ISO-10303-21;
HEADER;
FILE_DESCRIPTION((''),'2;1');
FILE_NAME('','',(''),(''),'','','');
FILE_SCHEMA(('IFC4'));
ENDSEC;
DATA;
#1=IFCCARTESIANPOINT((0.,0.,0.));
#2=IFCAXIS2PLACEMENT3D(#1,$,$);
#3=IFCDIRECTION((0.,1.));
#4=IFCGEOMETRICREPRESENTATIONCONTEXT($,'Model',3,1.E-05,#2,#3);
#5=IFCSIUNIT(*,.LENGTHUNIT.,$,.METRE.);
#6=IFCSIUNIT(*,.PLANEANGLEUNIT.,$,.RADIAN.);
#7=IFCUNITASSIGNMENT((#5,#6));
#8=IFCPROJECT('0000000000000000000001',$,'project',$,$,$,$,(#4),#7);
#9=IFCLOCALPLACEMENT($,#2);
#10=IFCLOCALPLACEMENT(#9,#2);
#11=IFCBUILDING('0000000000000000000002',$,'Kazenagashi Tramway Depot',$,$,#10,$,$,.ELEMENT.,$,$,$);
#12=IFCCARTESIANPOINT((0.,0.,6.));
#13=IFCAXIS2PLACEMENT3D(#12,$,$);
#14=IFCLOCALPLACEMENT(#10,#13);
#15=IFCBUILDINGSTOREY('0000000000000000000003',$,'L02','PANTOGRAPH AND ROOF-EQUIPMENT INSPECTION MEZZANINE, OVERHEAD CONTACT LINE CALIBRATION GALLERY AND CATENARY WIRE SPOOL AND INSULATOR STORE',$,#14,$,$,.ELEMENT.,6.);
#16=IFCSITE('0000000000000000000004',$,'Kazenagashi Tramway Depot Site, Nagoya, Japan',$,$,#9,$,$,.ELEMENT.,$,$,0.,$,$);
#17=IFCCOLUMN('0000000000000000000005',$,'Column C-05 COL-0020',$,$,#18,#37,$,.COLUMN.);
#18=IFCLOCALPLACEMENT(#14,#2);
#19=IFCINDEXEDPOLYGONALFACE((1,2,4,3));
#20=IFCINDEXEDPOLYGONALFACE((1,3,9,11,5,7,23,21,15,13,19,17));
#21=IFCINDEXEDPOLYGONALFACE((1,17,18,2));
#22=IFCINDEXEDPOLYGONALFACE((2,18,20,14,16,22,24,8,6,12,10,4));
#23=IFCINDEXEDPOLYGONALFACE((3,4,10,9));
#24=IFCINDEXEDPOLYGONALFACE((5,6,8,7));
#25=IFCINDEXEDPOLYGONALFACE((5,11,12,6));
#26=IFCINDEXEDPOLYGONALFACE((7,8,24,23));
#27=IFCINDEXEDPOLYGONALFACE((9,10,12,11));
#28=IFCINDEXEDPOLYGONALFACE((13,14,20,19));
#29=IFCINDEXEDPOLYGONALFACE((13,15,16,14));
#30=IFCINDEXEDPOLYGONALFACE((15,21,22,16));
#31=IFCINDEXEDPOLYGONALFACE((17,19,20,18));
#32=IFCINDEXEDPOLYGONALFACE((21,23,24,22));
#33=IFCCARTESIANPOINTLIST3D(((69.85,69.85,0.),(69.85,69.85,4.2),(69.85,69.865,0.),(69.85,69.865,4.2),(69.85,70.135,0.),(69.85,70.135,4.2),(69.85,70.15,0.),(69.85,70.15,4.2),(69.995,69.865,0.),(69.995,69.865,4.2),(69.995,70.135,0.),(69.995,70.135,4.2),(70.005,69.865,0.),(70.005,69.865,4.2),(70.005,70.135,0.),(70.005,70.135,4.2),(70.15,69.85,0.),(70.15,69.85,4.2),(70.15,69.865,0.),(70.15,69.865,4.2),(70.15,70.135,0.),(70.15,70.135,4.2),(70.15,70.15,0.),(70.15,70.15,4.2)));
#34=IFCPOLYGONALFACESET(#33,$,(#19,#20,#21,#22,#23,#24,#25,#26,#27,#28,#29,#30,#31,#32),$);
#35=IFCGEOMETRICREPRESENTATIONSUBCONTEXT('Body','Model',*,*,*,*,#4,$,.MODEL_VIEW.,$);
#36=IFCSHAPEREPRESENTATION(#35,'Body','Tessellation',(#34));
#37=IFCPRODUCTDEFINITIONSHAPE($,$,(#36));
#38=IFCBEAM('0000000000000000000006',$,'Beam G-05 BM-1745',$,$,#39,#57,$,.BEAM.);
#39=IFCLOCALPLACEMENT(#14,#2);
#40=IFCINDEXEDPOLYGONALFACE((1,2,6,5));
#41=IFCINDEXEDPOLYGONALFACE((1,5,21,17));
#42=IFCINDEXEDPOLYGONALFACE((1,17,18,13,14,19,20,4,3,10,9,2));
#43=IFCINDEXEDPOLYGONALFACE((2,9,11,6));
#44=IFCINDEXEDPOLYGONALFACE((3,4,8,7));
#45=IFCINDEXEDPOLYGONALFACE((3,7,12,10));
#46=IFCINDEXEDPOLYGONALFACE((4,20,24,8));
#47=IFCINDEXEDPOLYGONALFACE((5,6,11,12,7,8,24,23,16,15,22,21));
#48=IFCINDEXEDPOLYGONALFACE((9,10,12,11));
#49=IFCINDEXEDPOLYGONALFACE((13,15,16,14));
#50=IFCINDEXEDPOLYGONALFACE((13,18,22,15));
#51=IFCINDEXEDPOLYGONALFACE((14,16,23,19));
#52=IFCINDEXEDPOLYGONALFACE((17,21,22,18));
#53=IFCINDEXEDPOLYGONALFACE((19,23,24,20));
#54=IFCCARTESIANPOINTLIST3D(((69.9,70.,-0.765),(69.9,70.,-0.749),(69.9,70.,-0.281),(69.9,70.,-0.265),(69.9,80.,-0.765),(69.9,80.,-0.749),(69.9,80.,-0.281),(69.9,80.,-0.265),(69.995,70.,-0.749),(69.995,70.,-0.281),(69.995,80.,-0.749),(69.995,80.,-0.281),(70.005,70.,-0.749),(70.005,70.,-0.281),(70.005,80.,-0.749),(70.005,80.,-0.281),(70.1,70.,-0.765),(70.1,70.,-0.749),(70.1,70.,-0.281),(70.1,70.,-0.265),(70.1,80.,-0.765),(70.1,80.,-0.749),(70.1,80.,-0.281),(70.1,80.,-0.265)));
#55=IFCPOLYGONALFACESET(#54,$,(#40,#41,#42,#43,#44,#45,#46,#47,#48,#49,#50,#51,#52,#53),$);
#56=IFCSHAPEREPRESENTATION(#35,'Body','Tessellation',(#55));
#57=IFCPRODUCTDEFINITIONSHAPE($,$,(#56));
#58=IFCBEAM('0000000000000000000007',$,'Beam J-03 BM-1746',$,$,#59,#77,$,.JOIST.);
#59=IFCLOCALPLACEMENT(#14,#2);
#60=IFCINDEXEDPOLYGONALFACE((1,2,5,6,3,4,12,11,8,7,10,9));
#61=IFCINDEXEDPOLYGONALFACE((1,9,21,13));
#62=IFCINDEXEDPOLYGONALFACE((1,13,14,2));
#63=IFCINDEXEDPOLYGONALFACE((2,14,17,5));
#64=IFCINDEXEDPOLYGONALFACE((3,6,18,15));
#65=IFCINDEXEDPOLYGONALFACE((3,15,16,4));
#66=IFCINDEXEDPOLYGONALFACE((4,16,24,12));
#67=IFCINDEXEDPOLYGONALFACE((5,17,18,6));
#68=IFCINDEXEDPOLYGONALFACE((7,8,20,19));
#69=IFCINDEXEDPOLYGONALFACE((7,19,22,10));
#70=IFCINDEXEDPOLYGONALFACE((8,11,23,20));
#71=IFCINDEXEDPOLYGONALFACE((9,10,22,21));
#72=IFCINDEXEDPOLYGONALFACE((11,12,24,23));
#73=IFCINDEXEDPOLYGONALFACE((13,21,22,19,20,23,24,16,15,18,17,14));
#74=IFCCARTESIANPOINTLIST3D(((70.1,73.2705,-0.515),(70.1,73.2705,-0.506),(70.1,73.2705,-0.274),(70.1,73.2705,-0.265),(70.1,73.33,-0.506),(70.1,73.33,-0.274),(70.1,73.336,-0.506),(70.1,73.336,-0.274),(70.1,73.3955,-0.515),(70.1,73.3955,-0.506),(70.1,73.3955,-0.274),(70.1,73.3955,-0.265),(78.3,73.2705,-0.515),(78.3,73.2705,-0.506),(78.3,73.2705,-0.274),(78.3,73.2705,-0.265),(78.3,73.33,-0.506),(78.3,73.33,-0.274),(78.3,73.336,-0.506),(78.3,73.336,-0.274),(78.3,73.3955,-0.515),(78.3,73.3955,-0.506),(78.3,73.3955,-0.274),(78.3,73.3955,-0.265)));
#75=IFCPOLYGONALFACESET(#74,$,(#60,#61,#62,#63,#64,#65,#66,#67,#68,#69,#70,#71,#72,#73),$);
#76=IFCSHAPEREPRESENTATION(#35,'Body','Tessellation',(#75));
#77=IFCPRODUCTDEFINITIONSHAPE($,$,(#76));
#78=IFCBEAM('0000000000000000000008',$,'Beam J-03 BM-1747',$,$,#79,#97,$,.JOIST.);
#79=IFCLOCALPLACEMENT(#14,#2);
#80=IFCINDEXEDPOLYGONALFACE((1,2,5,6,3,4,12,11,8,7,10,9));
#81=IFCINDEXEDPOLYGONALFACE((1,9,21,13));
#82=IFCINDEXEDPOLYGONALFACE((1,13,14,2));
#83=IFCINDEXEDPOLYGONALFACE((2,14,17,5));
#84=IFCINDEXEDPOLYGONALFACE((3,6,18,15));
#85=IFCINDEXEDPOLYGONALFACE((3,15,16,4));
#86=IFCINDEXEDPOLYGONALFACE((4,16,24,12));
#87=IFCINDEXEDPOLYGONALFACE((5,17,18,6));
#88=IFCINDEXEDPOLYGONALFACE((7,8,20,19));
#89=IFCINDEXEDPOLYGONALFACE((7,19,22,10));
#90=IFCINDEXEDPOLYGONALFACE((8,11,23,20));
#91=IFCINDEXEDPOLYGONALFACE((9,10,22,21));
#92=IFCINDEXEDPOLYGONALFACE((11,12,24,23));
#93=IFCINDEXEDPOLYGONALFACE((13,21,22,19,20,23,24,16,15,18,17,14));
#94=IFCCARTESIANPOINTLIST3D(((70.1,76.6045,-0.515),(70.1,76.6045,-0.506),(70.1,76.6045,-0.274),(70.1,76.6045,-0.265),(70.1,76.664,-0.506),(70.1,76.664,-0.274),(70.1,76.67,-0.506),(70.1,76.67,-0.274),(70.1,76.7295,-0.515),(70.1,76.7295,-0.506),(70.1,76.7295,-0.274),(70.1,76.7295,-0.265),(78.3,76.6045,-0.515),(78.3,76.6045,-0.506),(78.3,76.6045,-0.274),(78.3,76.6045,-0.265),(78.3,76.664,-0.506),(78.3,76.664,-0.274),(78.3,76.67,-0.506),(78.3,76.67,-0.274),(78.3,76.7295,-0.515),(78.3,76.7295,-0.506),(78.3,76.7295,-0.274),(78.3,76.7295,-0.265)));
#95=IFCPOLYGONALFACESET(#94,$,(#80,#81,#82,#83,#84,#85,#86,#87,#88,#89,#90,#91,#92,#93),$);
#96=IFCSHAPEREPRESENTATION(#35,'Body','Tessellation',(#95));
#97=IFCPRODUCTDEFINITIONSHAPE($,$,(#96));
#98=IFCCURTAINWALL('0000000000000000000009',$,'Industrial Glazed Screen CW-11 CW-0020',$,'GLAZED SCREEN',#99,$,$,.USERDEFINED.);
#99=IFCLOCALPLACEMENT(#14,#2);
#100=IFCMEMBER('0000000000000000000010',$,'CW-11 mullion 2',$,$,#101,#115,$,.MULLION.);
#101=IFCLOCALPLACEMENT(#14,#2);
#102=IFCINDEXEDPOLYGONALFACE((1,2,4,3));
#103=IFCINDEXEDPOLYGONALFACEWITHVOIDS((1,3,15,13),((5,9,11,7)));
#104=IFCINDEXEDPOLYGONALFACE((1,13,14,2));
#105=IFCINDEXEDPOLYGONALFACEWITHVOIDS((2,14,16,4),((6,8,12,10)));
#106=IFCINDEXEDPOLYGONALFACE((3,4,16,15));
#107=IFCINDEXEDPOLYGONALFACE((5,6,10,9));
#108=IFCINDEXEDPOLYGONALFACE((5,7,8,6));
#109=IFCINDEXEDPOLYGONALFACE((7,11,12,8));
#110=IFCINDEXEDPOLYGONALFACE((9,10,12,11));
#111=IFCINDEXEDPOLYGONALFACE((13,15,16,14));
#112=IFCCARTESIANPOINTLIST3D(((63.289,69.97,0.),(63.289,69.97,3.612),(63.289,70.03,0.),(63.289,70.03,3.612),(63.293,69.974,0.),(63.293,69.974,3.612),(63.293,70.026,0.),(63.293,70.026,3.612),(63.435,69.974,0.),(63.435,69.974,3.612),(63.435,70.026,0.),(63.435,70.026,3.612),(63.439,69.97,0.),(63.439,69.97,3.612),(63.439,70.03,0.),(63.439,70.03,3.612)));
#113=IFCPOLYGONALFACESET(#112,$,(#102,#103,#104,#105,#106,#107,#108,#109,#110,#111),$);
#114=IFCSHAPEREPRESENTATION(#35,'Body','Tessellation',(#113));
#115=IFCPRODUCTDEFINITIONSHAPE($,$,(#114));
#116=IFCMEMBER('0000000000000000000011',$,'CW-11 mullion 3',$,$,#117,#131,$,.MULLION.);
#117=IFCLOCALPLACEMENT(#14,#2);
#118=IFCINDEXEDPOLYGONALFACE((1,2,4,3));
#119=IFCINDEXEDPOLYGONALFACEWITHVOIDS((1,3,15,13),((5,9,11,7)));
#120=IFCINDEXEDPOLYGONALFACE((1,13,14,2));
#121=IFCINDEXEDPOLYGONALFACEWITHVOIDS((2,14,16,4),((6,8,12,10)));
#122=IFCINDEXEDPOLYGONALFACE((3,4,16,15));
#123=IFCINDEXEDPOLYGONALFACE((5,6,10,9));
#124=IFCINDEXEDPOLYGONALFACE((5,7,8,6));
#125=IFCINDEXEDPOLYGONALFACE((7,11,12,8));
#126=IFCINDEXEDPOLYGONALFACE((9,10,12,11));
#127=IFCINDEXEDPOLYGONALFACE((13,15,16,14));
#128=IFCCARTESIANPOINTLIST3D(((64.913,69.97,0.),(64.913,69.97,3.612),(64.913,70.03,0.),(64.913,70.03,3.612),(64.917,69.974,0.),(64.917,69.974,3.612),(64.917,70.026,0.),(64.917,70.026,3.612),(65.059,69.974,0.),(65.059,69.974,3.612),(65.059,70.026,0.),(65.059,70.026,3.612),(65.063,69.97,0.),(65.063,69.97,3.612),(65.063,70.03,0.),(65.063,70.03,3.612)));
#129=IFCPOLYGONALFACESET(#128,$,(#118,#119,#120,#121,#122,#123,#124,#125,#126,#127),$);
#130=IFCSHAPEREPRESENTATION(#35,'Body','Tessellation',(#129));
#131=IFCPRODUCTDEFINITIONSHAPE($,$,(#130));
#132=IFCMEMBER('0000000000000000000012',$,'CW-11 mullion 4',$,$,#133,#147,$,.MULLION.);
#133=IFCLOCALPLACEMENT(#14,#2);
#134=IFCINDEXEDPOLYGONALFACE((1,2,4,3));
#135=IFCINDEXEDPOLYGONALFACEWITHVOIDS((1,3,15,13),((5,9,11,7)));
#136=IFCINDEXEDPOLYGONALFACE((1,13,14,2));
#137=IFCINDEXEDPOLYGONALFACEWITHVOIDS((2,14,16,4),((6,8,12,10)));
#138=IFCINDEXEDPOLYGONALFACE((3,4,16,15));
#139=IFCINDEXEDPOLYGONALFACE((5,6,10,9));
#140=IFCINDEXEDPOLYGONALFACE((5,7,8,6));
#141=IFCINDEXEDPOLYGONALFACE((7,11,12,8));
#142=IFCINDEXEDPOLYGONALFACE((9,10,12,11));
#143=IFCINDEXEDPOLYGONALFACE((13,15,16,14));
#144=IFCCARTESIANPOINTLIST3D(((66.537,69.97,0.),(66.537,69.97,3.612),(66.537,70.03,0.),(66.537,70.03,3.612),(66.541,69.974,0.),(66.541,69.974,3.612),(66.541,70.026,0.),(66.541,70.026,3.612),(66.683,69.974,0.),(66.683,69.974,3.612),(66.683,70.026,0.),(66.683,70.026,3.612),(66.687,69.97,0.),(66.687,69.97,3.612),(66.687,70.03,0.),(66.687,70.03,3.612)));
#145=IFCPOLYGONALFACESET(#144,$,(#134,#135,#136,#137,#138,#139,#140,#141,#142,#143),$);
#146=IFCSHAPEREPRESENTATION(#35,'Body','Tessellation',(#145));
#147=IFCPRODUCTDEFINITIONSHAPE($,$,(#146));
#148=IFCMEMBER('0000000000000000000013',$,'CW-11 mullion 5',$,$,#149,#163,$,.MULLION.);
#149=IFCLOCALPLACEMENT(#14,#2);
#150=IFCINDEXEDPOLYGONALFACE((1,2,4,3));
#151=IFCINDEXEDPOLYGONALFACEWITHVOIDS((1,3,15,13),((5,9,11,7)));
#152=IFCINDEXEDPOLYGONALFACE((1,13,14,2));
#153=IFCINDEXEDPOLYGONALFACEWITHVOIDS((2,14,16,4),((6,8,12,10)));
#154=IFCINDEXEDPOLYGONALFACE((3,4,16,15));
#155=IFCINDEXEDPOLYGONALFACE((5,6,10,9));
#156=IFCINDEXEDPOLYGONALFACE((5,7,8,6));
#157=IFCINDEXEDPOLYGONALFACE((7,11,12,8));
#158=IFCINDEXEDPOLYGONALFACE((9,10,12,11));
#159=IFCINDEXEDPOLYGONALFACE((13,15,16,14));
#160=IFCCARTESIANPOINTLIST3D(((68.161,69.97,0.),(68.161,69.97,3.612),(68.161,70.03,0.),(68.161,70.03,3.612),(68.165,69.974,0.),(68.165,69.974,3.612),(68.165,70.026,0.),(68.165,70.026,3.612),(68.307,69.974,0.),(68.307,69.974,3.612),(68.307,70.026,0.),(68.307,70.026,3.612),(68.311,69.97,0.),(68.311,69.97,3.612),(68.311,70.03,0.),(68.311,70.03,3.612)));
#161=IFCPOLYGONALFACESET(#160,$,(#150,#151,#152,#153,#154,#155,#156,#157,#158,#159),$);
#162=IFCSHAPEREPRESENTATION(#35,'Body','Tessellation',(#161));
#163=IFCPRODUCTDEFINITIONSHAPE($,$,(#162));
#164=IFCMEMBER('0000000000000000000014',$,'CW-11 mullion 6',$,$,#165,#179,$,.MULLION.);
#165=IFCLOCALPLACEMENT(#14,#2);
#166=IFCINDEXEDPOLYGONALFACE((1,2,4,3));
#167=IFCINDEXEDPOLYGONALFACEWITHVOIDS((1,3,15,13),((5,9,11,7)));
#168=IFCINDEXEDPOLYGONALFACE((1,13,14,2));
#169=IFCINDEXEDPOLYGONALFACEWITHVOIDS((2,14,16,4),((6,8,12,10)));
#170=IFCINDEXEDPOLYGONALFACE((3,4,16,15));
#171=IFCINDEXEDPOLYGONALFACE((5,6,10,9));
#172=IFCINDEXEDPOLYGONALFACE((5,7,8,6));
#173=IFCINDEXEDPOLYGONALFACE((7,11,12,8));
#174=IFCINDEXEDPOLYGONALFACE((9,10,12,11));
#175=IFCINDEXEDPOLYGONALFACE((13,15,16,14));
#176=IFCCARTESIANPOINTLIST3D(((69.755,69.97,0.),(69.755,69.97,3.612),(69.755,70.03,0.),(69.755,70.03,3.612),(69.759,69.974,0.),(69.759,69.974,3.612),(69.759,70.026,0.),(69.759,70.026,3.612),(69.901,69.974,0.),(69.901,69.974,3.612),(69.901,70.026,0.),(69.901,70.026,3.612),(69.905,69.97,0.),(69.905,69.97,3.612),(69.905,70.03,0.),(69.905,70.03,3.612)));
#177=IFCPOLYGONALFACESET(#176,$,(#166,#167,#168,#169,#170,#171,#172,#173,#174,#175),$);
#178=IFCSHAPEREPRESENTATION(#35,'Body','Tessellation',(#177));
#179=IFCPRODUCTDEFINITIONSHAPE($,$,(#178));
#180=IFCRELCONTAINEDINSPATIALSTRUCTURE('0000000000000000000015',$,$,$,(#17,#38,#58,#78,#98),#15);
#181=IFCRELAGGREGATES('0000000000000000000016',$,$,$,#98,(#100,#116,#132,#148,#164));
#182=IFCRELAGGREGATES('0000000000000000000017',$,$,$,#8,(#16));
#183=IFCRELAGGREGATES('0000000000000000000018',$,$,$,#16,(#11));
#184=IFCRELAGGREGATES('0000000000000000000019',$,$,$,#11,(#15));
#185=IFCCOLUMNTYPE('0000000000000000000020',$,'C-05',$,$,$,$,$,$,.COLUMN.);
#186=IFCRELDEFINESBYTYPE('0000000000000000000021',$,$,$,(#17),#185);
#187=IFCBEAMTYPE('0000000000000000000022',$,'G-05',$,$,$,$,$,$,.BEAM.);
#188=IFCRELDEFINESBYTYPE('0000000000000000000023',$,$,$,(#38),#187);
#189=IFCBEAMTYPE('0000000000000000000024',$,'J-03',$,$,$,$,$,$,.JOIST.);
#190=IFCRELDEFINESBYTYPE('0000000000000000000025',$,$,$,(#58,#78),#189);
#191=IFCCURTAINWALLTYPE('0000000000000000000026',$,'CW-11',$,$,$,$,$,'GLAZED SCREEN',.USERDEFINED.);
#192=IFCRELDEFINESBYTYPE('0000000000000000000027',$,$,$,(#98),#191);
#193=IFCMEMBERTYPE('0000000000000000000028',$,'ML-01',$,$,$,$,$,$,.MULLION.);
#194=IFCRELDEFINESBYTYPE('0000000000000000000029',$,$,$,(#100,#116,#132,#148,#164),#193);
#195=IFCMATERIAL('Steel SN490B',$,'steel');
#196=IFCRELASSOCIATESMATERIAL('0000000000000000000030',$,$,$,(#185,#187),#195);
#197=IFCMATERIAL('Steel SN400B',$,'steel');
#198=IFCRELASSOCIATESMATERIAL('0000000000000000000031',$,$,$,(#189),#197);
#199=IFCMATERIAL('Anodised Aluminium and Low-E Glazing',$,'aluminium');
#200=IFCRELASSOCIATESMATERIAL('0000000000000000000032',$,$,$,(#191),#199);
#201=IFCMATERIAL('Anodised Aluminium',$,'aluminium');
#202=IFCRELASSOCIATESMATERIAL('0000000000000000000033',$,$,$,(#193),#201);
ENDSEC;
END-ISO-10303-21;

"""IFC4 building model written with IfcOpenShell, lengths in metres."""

from ifc_helpers import new_model, si_unit, direction, frame, origin, origin_2d, place, context, subcontext, project, spatial, hollow_rectangle, i_section, extrude, material, material_profile, profile_set, type_object, element, aggregate, save


model = new_model("IFC4")

# Units and contexts
model_context = context("Model", 3, precision=1e-05, world=origin(), true_north=direction((0.0, 1.0)))
body_context = subcontext(model_context, "Body", "Model", "MODEL_VIEW")
ifc_project = project(units=[si_unit("LENGTHUNIT", "METRE"), si_unit("PLANEANGLEUNIT", "RADIAN")], contexts=[model_context])

# Site, building, storey
site_placement = place(None, origin())
site = spatial("IfcSite", under=ifc_project, at=site_placement, Name="Kazenagashi Tramway Depot Site, Nagoya, Japan", CompositionType="ELEMENT", RefElevation=0.0)
building_placement = place(site_placement, origin())
building = spatial("IfcBuilding", under=site, at=building_placement, Name="Kazenagashi Tramway Depot", CompositionType="ELEMENT")
storey_placement = place(building_placement, frame((0.0, 0.0, 6.0)))
storey = spatial("IfcBuildingStorey", under=building, at=storey_placement, Name="L02", Description="PANTOGRAPH AND ROOF-EQUIPMENT INSPECTION MEZZANINE, OVERHEAD CONTACT LINE CALIBRATION GALLERY AND CATENARY WIRE SPOOL AND INSULATOR STORE", CompositionType="ELEMENT", Elevation=6.0)

# Column
ifc_material_1 = material(Name="Steel SN490B", Category="steel")
ifc_material_profile_1 = material_profile(ifc_material_1, i_section(OverallWidth=0.3, OverallDepth=0.3, WebThickness=0.01, FlangeThickness=0.015, at=origin_2d()), Name="H-300x300x10x15")
ifc_profile_set_1 = profile_set([ifc_material_profile_1], Name="Steel SN490B")
column_type = type_object("IfcColumnType", Name="C-05", PredefinedType="COLUMN", material=ifc_profile_set_1)
column_placement = place(storey_placement, frame((70.0, 70.0, 0.0), z_axis=(0.0, 0.0, 1.0), x_axis=(1.0, 0.0, 0.0)))
element("IfcColumn", 1, at=column_placement, inside=storey, type_object=column_type, Name="Column C-05 COL-0020", PredefinedType="COLUMN", context=body_context, shape_type="SweptSolid", body=[
    extrude(i_section(OverallWidth=0.3, OverallDepth=0.3, WebThickness=0.01, FlangeThickness=0.015, at=origin_2d()), origin(), (0.0, 0.0, 1.0), 4.2),
])

# Beams
ifc_material_profile_2 = material_profile(ifc_material_1, i_section(OverallWidth=0.2, OverallDepth=0.5, WebThickness=0.01, FlangeThickness=0.016, at=origin_2d()), Name="H-500x200x10x16")
ifc_profile_set_2 = profile_set([ifc_material_profile_2], Name="Steel SN490B")
beam_type_1 = type_object("IfcBeamType", Name="G-05", PredefinedType="BEAM", material=ifc_profile_set_2)
beam_1_placement = place(storey_placement, frame((70.0, 70.0, -0.515), z_axis=(0.0, 1.0, 0.0), x_axis=(-1.0, 0.0, 0.0)))
element("IfcBeam", 2, at=beam_1_placement, inside=storey, type_object=beam_type_1, Name="Beam G-05 BM-1745", PredefinedType="BEAM", context=body_context, shape_type="SweptSolid", body=[
    extrude(i_section(OverallWidth=0.2, OverallDepth=0.5, WebThickness=0.01, FlangeThickness=0.016, at=origin_2d()), origin(), (0.0, 0.0, 1.0), 10.0),
])
ifc_material_2 = material(Name="Steel SN400B", Category="steel")
ifc_material_profile_3 = material_profile(ifc_material_2, i_section(OverallWidth=0.125, OverallDepth=0.25, WebThickness=0.006, FlangeThickness=0.009, at=origin_2d()), Name="H-250x125x6x9")
ifc_profile_set_3 = profile_set([ifc_material_profile_3], Name="Steel SN400B")
beam_type_2 = type_object("IfcBeamType", Name="J-03", PredefinedType="JOIST", material=ifc_profile_set_3)
for number, where, z_axis, x_axis, name in (
    (3, (70.1, 73.333, -0.39), (1.0, 0.0, 0.0), (0.0, 1.0, 0.0), "Beam J-03 BM-1746"),
    (4, (70.1, 76.667, -0.39), (1.0, 0.0, 0.0), (0.0, 1.0, 0.0), "Beam J-03 BM-1747"),
):
    element("IfcBeam", number, at=place(storey_placement, frame(where, z_axis=z_axis, x_axis=x_axis)), inside=storey, type_object=beam_type_2, Name=name, PredefinedType="JOIST", context=body_context, shape_type="SweptSolid", body=[
        extrude(i_section(OverallWidth=0.125, OverallDepth=0.25, WebThickness=0.006, FlangeThickness=0.009, at=origin_2d()), origin(), (0.0, 0.0, 1.0), 8.2),
    ])

# Curtain wall, members
ifc_material_3 = material(Name="Anodised Aluminium and Low-E Glazing", Category="aluminium")
curtain_wall_type = type_object("IfcCurtainWallType", Name="CW-11", ElementType="GLAZED SCREEN", PredefinedType="USERDEFINED", material=ifc_material_3)
curtain_wall_placement = place(storey_placement, origin())
curtain_wall = element("IfcCurtainWall", 5, at=curtain_wall_placement, inside=storey, type_object=curtain_wall_type, Name="Industrial Glazed Screen CW-11 CW-0020", ObjectType="GLAZED SCREEN", PredefinedType="USERDEFINED")
ifc_material_4 = material(Name="Anodised Aluminium", Category="aluminium")
ifc_material_profile_4 = material_profile(ifc_material_4, hollow_rectangle(XDim=0.06, YDim=0.15, WallThickness=0.004, at=origin_2d()), Name="RHS-150x60x4")
ifc_profile_set_4 = profile_set([ifc_material_profile_4], Name="Anodised Aluminium")
member_type_1 = type_object("IfcMemberType", Name="ML-01", PredefinedType="MULLION", material=ifc_profile_set_4)
member_1_placement = place(storey_placement, frame((63.364, 70.0, 0.0), z_axis=(0.0, 0.0, 1.0), x_axis=(0.0, 1.0, 0.0)))
member_1 = element("IfcMember", 6, at=member_1_placement, type_object=member_type_1, Name="CW-11 mullion 2", PredefinedType="MULLION", context=body_context, shape_type="SweptSolid", body=[
    extrude(hollow_rectangle(XDim=0.06, YDim=0.15, WallThickness=0.004, at=origin_2d()), origin(), (0.0, 0.0, 1.0), 3.612),
])
member_2_placement = place(storey_placement, frame((64.988, 70.0, 0.0), z_axis=(0.0, 0.0, 1.0), x_axis=(0.0, 1.0, 0.0)))
member_2 = element("IfcMember", 7, at=member_2_placement, type_object=member_type_1, Name="CW-11 mullion 3", PredefinedType="MULLION", context=body_context, shape_type="SweptSolid", body=[
    extrude(hollow_rectangle(XDim=0.06, YDim=0.15, WallThickness=0.004, at=origin_2d()), origin(), (0.0, 0.0, 1.0), 3.612),
])
member_3_placement = place(storey_placement, frame((66.612, 70.0, 0.0), z_axis=(0.0, 0.0, 1.0), x_axis=(0.0, 1.0, 0.0)))
member_3 = element("IfcMember", 8, at=member_3_placement, type_object=member_type_1, Name="CW-11 mullion 4", PredefinedType="MULLION", context=body_context, shape_type="SweptSolid", body=[
    extrude(hollow_rectangle(XDim=0.06, YDim=0.15, WallThickness=0.004, at=origin_2d()), origin(), (0.0, 0.0, 1.0), 3.612),
])
member_4_placement = place(storey_placement, frame((68.236, 70.0, 0.0), z_axis=(0.0, 0.0, 1.0), x_axis=(0.0, 1.0, 0.0)))
member_4 = element("IfcMember", 9, at=member_4_placement, type_object=member_type_1, Name="CW-11 mullion 5", PredefinedType="MULLION", context=body_context, shape_type="SweptSolid", body=[
    extrude(hollow_rectangle(XDim=0.06, YDim=0.15, WallThickness=0.004, at=origin_2d()), origin(), (0.0, 0.0, 1.0), 3.612),
])
member_5_placement = place(storey_placement, frame((69.83, 70.0, 0.0), z_axis=(0.0, 0.0, 1.0), x_axis=(0.0, 1.0, 0.0)))
member_5 = element("IfcMember", 10, at=member_5_placement, type_object=member_type_1, Name="CW-11 mullion 6", PredefinedType="MULLION", context=body_context, shape_type="SweptSolid", body=[
    extrude(hollow_rectangle(XDim=0.06, YDim=0.15, WallThickness=0.004, at=origin_2d()), origin(), (0.0, 0.0, 1.0), 3.612),
])

aggregate(curtain_wall, [member_1, member_2, member_3, member_4, member_5])

save(model, "model.ifc")
